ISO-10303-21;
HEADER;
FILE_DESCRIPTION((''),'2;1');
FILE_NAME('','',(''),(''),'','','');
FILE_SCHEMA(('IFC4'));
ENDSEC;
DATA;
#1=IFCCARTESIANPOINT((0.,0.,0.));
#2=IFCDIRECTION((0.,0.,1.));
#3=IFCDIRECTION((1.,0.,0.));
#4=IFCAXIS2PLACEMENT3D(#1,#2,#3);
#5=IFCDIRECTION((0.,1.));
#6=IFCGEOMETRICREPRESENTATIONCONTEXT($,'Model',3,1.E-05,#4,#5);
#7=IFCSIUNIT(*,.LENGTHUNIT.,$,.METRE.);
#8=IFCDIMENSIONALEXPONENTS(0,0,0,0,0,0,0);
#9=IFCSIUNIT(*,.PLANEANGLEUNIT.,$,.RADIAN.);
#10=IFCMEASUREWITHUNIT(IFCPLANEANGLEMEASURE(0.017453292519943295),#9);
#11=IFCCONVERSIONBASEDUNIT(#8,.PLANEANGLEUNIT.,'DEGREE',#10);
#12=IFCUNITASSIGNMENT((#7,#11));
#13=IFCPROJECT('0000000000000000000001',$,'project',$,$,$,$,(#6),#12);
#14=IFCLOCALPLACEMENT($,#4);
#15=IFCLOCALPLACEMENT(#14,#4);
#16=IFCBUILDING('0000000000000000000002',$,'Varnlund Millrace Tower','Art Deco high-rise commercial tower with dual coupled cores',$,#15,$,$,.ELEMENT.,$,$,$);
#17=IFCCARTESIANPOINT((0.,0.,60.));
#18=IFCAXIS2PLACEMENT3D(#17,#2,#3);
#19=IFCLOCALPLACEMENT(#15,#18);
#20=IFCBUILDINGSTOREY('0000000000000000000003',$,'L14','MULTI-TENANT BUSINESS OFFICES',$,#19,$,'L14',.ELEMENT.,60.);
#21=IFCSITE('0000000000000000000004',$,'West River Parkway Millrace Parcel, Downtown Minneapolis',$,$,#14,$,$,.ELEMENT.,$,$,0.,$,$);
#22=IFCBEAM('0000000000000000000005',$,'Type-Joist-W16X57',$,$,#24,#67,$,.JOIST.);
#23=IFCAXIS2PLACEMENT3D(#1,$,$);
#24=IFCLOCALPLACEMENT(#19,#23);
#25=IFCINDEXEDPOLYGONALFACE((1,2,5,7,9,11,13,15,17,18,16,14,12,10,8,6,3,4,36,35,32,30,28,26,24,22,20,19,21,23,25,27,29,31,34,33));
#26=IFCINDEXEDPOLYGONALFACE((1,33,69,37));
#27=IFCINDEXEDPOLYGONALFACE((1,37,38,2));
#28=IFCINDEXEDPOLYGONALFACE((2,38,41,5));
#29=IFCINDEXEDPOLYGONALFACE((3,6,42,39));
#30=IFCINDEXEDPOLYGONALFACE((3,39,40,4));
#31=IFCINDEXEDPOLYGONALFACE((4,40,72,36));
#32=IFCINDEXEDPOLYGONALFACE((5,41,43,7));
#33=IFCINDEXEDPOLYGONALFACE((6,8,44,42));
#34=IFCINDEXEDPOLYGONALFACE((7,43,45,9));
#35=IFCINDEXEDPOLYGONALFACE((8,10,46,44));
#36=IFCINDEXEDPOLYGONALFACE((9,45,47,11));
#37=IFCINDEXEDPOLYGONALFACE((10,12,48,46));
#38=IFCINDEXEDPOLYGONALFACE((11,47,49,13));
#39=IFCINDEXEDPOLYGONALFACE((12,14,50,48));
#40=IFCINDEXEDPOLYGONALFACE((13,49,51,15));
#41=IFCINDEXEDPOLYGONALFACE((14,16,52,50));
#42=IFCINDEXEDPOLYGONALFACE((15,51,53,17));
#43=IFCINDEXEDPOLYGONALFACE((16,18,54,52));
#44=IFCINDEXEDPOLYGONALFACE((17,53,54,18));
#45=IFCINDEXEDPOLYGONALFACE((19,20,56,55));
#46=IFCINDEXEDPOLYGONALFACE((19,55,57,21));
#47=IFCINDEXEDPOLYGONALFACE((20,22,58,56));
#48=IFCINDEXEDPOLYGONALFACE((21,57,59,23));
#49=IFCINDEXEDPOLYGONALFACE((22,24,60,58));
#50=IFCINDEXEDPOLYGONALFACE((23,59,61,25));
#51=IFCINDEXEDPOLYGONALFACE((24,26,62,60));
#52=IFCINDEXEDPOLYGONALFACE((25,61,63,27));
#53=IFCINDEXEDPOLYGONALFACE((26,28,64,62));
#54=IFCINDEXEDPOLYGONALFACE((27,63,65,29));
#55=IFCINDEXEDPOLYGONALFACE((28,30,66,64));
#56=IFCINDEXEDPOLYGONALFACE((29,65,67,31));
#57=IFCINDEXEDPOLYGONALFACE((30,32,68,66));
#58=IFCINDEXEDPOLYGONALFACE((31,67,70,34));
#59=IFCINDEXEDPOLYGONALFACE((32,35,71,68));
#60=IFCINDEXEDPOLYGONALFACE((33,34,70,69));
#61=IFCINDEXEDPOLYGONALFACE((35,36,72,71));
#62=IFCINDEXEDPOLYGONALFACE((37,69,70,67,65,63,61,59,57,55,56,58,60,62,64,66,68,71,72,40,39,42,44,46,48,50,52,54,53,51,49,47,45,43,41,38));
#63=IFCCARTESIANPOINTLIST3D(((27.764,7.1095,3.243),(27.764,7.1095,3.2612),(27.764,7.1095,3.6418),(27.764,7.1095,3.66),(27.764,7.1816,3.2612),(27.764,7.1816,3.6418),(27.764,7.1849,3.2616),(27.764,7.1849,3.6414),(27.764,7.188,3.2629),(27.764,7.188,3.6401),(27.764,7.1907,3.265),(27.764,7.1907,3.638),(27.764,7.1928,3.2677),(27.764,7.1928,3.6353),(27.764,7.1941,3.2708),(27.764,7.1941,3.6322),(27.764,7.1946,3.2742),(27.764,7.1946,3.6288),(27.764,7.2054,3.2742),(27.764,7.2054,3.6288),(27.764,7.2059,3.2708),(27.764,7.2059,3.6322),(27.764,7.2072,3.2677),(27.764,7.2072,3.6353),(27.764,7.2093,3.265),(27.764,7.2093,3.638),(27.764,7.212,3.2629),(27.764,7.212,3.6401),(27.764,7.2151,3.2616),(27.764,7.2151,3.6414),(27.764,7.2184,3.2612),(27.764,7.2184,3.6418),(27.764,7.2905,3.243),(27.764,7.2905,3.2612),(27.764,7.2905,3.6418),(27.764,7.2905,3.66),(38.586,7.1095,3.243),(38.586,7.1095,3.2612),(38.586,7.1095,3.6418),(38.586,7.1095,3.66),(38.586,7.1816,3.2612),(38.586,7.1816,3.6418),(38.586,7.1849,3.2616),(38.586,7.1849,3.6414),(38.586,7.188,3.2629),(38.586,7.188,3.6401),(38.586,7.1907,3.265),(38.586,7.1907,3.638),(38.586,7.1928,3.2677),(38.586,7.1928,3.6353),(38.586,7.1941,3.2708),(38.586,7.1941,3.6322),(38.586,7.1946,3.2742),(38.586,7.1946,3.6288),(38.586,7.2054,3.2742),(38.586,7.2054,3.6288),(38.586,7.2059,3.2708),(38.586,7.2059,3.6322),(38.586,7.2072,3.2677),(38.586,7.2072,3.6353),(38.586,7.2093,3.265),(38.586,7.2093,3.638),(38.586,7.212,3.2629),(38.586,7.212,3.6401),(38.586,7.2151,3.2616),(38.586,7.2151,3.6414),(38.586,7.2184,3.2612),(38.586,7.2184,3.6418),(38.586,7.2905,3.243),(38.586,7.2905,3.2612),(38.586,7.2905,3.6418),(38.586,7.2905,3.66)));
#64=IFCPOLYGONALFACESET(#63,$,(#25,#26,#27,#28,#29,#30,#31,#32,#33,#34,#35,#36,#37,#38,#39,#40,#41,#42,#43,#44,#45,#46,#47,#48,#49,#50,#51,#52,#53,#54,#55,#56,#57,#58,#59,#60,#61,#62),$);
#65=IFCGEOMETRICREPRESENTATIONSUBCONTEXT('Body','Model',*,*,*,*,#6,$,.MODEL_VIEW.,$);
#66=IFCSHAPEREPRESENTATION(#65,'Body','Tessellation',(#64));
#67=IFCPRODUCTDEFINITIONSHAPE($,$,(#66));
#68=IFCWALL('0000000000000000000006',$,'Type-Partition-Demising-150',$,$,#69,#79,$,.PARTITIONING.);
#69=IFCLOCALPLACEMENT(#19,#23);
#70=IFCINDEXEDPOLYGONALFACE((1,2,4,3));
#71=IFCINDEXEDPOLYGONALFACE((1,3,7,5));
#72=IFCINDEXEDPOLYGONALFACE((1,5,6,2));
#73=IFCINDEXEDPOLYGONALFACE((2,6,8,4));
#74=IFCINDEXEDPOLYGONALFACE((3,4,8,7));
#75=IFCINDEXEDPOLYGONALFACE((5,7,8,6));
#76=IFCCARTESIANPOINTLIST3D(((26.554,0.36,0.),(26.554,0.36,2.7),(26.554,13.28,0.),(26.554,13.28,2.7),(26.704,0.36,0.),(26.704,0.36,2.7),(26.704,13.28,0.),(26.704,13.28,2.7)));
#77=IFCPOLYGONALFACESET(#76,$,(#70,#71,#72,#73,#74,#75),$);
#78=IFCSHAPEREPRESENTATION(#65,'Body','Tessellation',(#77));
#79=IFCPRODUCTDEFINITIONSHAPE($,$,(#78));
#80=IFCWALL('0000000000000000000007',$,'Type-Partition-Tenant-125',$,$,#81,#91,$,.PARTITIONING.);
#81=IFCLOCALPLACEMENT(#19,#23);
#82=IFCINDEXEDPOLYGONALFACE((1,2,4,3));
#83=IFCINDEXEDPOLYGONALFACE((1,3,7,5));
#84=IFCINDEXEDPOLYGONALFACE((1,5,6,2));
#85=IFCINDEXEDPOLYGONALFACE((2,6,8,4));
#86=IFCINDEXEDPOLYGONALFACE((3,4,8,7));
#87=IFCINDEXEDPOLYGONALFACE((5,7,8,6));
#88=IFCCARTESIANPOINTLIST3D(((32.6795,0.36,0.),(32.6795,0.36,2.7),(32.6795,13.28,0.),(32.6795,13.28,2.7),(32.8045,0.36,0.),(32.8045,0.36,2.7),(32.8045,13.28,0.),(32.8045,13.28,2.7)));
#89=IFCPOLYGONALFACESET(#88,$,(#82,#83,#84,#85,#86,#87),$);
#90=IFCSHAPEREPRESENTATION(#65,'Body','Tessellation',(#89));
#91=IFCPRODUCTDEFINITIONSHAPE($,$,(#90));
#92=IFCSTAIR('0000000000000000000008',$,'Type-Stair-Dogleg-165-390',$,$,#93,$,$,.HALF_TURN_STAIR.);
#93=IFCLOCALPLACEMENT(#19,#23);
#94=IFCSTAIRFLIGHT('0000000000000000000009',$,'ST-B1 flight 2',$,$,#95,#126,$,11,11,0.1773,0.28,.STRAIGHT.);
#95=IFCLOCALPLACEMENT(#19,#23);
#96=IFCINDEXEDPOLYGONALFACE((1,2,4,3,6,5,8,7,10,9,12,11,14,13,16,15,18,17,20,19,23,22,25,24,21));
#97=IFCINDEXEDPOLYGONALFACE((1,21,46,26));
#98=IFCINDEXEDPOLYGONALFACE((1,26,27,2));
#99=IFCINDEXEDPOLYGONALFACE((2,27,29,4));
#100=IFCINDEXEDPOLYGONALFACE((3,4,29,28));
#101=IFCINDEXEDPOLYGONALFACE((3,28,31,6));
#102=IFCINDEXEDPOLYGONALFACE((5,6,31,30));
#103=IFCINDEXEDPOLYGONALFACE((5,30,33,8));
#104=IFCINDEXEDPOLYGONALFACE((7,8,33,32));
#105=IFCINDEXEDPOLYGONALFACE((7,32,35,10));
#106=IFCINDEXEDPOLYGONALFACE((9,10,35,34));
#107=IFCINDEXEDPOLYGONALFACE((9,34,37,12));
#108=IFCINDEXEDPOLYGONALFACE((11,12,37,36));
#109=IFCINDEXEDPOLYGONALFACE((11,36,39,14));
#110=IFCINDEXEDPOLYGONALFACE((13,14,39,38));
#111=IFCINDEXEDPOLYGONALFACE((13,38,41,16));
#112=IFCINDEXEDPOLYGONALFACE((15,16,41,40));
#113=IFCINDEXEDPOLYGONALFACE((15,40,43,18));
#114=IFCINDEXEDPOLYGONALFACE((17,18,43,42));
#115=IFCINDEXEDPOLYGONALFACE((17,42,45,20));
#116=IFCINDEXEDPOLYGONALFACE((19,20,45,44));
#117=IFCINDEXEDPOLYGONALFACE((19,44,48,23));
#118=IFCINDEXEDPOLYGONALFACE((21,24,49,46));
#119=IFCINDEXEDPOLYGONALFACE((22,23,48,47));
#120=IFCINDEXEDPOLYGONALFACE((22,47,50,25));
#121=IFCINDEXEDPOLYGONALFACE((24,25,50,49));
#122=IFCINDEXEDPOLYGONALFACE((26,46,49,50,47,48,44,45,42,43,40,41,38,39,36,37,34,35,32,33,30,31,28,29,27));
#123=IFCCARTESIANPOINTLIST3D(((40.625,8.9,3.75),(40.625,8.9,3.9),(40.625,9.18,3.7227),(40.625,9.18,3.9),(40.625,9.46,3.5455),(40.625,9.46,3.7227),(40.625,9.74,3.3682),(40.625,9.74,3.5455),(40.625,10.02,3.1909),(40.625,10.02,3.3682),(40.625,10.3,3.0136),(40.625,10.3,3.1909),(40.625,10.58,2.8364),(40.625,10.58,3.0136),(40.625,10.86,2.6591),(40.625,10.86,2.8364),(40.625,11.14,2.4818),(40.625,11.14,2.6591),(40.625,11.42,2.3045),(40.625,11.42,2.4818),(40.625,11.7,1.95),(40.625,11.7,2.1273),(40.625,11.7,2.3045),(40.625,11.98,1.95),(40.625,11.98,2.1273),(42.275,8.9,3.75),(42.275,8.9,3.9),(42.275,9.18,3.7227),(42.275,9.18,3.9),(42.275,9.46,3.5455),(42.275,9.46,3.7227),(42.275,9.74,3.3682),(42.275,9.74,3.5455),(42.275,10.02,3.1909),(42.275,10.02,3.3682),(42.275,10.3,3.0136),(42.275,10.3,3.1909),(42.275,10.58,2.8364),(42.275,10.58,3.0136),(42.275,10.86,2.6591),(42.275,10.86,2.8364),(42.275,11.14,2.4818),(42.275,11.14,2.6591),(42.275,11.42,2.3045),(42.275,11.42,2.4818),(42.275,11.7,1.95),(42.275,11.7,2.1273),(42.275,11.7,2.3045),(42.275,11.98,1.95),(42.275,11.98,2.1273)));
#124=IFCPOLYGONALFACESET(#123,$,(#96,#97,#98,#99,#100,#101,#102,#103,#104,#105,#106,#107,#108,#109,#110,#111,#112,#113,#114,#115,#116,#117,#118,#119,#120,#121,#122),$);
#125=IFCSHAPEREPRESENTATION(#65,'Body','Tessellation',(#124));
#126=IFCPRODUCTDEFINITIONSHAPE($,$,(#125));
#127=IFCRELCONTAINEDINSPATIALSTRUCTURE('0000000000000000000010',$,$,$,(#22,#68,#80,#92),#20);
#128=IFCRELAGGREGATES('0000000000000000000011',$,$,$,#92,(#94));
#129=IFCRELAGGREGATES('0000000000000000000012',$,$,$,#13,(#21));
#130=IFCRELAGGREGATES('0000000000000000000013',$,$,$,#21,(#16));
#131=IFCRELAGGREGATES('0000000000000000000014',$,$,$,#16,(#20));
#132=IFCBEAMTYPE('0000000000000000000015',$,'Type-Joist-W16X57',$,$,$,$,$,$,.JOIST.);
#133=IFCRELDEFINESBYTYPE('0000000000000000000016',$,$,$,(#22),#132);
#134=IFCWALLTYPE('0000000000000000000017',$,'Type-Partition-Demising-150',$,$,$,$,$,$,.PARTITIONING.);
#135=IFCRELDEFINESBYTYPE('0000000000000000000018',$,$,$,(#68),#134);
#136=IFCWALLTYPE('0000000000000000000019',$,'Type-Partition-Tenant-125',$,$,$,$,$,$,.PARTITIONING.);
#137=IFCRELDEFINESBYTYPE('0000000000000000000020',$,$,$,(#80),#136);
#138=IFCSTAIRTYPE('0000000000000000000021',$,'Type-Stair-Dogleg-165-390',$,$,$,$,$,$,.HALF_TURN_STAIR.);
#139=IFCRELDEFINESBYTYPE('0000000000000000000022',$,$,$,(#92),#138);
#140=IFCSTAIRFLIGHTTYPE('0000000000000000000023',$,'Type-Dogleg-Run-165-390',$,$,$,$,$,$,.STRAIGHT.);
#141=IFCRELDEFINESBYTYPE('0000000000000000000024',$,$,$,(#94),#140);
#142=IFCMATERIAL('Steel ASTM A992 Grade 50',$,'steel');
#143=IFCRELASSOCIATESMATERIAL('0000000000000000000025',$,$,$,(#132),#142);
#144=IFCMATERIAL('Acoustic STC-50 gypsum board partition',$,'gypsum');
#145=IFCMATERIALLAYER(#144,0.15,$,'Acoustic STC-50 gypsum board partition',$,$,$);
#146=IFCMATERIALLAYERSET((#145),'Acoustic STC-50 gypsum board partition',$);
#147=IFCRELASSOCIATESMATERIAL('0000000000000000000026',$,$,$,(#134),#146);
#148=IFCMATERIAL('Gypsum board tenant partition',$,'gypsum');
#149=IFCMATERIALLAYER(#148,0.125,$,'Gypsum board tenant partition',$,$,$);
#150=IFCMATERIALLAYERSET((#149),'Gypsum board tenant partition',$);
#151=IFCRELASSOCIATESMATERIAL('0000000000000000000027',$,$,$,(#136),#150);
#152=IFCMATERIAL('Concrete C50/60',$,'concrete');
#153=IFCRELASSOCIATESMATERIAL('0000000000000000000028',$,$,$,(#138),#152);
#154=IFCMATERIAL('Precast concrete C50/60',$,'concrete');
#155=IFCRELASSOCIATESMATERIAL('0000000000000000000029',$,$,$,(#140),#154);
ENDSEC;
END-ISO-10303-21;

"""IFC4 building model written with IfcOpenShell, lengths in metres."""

from ifc_helpers import new_model, entity, si_unit, converted_unit, direction, frame, origin_with_axes, origin_2d_with_axis, place, context, subcontext, project, spatial, polyline, i_section, outline, extrude, material, layer, layer_set, material_profile, profile_set, type_object, element, aggregate, save


model = new_model("IFC4")

# Units and contexts
model_context = context("Model", 3, precision=1e-05, world=origin_with_axes(), true_north=direction((0.0, 1.0)))
body_context = subcontext(model_context, "Body", "Model", "MODEL_VIEW")
ifc_project = project(units=[si_unit("LENGTHUNIT", "METRE"), converted_unit("PLANEANGLEUNIT", "DEGREE", entity("IfcPlaneAngleMeasure", 0.017453292519943295), si_unit("PLANEANGLEUNIT", "RADIAN"), dimensions=[0, 0, 0, 0, 0, 0, 0])], contexts=[model_context])

# Site, building, storey
site_placement = place(None, origin_with_axes())
site = spatial("IfcSite", under=ifc_project, at=site_placement, Name="West River Parkway Millrace Parcel, Downtown Minneapolis", CompositionType="ELEMENT", RefElevation=0.0)
building_placement = place(site_placement, origin_with_axes())
building = spatial("IfcBuilding", under=site, at=building_placement, Name="Varnlund Millrace Tower", Description="Art Deco high-rise commercial tower with dual coupled cores", CompositionType="ELEMENT")
storey_placement = place(building_placement, frame((0.0, 0.0, 60.0), z_axis=(0.0, 0.0, 1.0), x_axis=(1.0, 0.0, 0.0)))
storey = spatial("IfcBuildingStorey", under=building, at=storey_placement, Name="L14", Description="MULTI-TENANT BUSINESS OFFICES", LongName="L14", CompositionType="ELEMENT", Elevation=60.0)

# Beam
ifc_material_1 = material(Name="Steel ASTM A992 Grade 50", Category="steel")
ifc_material_profile_1 = material_profile(ifc_material_1, i_section(OverallWidth=0.181, OverallDepth=0.417, WebThickness=0.0109, FlangeThickness=0.0182, FilletRadius=0.013, at=origin_2d_with_axis()), Name="Steel ASTM A992 Grade 50")
ifc_profile_set_1 = profile_set([ifc_material_profile_1], Name="Steel ASTM A992 Grade 50")
beam_type_1 = type_object("IfcBeamType", Name="Type-Joist-W16X57", PredefinedType="JOIST", material=ifc_profile_set_1)
beam_1_placement = place(storey_placement, frame((27.764, 7.2, 3.4515), z_axis=(1.0, 0.0, 0.0), x_axis=(0.0, 1.0, 0.0)))
element("IfcBeam", 1, at=beam_1_placement, inside=storey, type_object=beam_type_1, Name="Type-Joist-W16X57", PredefinedType="JOIST", context=body_context, shape_type="SweptSolid", body=[
    extrude(i_section(OverallWidth=0.181, OverallDepth=0.417, WebThickness=0.0109, FlangeThickness=0.0182, FilletRadius=0.013, at=origin_2d_with_axis()), origin_with_axes(), (0.0, 0.0, 1.0), 10.822),
])

# Walls
ifc_material_2 = material(Name="Acoustic STC-50 gypsum board partition", Category="gypsum")
ifc_layer_1 = layer(ifc_material_2, 0.15, Name="Acoustic STC-50 gypsum board partition")
ifc_layer_set_1 = layer_set([ifc_layer_1], Name="Acoustic STC-50 gypsum board partition")
wall_type_1 = type_object("IfcWallType", Name="Type-Partition-Demising-150", PredefinedType="PARTITIONING", material=ifc_layer_set_1)
wall_1_placement = place(storey_placement, frame((26.629, 0.36, 0.0), z_axis=(0.0, 0.0, 1.0), x_axis=(0.0, 1.0, 0.0)))
element("IfcWall", 2, at=wall_1_placement, inside=storey, type_object=wall_type_1, Name="Type-Partition-Demising-150", PredefinedType="PARTITIONING", context=body_context, shape_type="SweptSolid", body=[
    extrude(outline(polyline([(0.0, -0.075), (12.92, -0.075), (12.92, 0.075), (0.0, 0.075), (0.0, -0.075)])), origin_with_axes(), (0.0, 0.0, 1.0), 2.7),
])
ifc_material_3 = material(Name="Gypsum board tenant partition", Category="gypsum")
ifc_layer_2 = layer(ifc_material_3, 0.125, Name="Gypsum board tenant partition")
ifc_layer_set_2 = layer_set([ifc_layer_2], Name="Gypsum board tenant partition")
wall_type_2 = type_object("IfcWallType", Name="Type-Partition-Tenant-125", PredefinedType="PARTITIONING", material=ifc_layer_set_2)
wall_2_placement = place(storey_placement, frame((32.742, 0.36, 0.0), z_axis=(0.0, 0.0, 1.0), x_axis=(0.0, 1.0, 0.0)))
element("IfcWall", 3, at=wall_2_placement, inside=storey, type_object=wall_type_2, Name="Type-Partition-Tenant-125", PredefinedType="PARTITIONING", context=body_context, shape_type="SweptSolid", body=[
    extrude(outline(polyline([(0.0, -0.0625), (12.92, -0.0625), (12.92, 0.0625), (0.0, 0.0625), (0.0, -0.0625)])), origin_with_axes(), (0.0, 0.0, 1.0), 2.7),
])

# Stair, stair flight
ifc_material_4 = material(Name="Concrete C50/60", Category="concrete")
stair_type = type_object("IfcStairType", Name="Type-Stair-Dogleg-165-390", PredefinedType="HALF_TURN_STAIR", material=ifc_material_4)
stair_placement = place(storey_placement, origin_with_axes())
stair = element("IfcStair", 4, at=stair_placement, inside=storey, type_object=stair_type, Name="Type-Stair-Dogleg-165-390", PredefinedType="HALF_TURN_STAIR")
ifc_material_5 = material(Name="Precast concrete C50/60", Category="concrete")
stair_flight_type = type_object("IfcStairFlightType", Name="Type-Dogleg-Run-165-390", PredefinedType="STRAIGHT", material=ifc_material_5)
stair_flight_placement = place(storey_placement, frame((42.275, 11.98, 1.95), z_axis=(-1.0, 0.0, 0.0), x_axis=(0.0, -1.0, 0.0)))
stair_flight = element("IfcStairFlight", 5, at=stair_flight_placement, type_object=stair_flight_type, Name="ST-B1 flight 2", NumberOfRisers=11, NumberOfTreads=11, PredefinedType="STRAIGHT", RiserHeight=0.1773, TreadLength=0.28, context=body_context, shape_type="SweptSolid", body=[
    extrude(outline(polyline([(0.0, 0.0), (0.0, 0.1773), (0.28, 0.1773), (0.28, 0.3545), (0.56, 0.3545), (0.56, 0.5318), (0.84, 0.5318), (0.84, 0.7091), (1.12, 0.7091), (1.12, 0.8864), (1.4, 0.8864), (1.4, 1.0636), (1.68, 1.0636), (1.68, 1.2409), (1.96, 1.2409), (1.96, 1.4182), (2.24, 1.4182), (2.24, 1.5955), (2.52, 1.5955), (2.52, 1.7727), (2.8, 1.7727), (2.8, 1.95), (3.08, 1.95), (3.08, 1.8), (0.28, 0.0), (0.0, 0.0)])), origin_with_axes(), (0.0, 0.0, 1.0), 1.65),
])
aggregate(stair, [stair_flight])

save(model, "model.ifc")
